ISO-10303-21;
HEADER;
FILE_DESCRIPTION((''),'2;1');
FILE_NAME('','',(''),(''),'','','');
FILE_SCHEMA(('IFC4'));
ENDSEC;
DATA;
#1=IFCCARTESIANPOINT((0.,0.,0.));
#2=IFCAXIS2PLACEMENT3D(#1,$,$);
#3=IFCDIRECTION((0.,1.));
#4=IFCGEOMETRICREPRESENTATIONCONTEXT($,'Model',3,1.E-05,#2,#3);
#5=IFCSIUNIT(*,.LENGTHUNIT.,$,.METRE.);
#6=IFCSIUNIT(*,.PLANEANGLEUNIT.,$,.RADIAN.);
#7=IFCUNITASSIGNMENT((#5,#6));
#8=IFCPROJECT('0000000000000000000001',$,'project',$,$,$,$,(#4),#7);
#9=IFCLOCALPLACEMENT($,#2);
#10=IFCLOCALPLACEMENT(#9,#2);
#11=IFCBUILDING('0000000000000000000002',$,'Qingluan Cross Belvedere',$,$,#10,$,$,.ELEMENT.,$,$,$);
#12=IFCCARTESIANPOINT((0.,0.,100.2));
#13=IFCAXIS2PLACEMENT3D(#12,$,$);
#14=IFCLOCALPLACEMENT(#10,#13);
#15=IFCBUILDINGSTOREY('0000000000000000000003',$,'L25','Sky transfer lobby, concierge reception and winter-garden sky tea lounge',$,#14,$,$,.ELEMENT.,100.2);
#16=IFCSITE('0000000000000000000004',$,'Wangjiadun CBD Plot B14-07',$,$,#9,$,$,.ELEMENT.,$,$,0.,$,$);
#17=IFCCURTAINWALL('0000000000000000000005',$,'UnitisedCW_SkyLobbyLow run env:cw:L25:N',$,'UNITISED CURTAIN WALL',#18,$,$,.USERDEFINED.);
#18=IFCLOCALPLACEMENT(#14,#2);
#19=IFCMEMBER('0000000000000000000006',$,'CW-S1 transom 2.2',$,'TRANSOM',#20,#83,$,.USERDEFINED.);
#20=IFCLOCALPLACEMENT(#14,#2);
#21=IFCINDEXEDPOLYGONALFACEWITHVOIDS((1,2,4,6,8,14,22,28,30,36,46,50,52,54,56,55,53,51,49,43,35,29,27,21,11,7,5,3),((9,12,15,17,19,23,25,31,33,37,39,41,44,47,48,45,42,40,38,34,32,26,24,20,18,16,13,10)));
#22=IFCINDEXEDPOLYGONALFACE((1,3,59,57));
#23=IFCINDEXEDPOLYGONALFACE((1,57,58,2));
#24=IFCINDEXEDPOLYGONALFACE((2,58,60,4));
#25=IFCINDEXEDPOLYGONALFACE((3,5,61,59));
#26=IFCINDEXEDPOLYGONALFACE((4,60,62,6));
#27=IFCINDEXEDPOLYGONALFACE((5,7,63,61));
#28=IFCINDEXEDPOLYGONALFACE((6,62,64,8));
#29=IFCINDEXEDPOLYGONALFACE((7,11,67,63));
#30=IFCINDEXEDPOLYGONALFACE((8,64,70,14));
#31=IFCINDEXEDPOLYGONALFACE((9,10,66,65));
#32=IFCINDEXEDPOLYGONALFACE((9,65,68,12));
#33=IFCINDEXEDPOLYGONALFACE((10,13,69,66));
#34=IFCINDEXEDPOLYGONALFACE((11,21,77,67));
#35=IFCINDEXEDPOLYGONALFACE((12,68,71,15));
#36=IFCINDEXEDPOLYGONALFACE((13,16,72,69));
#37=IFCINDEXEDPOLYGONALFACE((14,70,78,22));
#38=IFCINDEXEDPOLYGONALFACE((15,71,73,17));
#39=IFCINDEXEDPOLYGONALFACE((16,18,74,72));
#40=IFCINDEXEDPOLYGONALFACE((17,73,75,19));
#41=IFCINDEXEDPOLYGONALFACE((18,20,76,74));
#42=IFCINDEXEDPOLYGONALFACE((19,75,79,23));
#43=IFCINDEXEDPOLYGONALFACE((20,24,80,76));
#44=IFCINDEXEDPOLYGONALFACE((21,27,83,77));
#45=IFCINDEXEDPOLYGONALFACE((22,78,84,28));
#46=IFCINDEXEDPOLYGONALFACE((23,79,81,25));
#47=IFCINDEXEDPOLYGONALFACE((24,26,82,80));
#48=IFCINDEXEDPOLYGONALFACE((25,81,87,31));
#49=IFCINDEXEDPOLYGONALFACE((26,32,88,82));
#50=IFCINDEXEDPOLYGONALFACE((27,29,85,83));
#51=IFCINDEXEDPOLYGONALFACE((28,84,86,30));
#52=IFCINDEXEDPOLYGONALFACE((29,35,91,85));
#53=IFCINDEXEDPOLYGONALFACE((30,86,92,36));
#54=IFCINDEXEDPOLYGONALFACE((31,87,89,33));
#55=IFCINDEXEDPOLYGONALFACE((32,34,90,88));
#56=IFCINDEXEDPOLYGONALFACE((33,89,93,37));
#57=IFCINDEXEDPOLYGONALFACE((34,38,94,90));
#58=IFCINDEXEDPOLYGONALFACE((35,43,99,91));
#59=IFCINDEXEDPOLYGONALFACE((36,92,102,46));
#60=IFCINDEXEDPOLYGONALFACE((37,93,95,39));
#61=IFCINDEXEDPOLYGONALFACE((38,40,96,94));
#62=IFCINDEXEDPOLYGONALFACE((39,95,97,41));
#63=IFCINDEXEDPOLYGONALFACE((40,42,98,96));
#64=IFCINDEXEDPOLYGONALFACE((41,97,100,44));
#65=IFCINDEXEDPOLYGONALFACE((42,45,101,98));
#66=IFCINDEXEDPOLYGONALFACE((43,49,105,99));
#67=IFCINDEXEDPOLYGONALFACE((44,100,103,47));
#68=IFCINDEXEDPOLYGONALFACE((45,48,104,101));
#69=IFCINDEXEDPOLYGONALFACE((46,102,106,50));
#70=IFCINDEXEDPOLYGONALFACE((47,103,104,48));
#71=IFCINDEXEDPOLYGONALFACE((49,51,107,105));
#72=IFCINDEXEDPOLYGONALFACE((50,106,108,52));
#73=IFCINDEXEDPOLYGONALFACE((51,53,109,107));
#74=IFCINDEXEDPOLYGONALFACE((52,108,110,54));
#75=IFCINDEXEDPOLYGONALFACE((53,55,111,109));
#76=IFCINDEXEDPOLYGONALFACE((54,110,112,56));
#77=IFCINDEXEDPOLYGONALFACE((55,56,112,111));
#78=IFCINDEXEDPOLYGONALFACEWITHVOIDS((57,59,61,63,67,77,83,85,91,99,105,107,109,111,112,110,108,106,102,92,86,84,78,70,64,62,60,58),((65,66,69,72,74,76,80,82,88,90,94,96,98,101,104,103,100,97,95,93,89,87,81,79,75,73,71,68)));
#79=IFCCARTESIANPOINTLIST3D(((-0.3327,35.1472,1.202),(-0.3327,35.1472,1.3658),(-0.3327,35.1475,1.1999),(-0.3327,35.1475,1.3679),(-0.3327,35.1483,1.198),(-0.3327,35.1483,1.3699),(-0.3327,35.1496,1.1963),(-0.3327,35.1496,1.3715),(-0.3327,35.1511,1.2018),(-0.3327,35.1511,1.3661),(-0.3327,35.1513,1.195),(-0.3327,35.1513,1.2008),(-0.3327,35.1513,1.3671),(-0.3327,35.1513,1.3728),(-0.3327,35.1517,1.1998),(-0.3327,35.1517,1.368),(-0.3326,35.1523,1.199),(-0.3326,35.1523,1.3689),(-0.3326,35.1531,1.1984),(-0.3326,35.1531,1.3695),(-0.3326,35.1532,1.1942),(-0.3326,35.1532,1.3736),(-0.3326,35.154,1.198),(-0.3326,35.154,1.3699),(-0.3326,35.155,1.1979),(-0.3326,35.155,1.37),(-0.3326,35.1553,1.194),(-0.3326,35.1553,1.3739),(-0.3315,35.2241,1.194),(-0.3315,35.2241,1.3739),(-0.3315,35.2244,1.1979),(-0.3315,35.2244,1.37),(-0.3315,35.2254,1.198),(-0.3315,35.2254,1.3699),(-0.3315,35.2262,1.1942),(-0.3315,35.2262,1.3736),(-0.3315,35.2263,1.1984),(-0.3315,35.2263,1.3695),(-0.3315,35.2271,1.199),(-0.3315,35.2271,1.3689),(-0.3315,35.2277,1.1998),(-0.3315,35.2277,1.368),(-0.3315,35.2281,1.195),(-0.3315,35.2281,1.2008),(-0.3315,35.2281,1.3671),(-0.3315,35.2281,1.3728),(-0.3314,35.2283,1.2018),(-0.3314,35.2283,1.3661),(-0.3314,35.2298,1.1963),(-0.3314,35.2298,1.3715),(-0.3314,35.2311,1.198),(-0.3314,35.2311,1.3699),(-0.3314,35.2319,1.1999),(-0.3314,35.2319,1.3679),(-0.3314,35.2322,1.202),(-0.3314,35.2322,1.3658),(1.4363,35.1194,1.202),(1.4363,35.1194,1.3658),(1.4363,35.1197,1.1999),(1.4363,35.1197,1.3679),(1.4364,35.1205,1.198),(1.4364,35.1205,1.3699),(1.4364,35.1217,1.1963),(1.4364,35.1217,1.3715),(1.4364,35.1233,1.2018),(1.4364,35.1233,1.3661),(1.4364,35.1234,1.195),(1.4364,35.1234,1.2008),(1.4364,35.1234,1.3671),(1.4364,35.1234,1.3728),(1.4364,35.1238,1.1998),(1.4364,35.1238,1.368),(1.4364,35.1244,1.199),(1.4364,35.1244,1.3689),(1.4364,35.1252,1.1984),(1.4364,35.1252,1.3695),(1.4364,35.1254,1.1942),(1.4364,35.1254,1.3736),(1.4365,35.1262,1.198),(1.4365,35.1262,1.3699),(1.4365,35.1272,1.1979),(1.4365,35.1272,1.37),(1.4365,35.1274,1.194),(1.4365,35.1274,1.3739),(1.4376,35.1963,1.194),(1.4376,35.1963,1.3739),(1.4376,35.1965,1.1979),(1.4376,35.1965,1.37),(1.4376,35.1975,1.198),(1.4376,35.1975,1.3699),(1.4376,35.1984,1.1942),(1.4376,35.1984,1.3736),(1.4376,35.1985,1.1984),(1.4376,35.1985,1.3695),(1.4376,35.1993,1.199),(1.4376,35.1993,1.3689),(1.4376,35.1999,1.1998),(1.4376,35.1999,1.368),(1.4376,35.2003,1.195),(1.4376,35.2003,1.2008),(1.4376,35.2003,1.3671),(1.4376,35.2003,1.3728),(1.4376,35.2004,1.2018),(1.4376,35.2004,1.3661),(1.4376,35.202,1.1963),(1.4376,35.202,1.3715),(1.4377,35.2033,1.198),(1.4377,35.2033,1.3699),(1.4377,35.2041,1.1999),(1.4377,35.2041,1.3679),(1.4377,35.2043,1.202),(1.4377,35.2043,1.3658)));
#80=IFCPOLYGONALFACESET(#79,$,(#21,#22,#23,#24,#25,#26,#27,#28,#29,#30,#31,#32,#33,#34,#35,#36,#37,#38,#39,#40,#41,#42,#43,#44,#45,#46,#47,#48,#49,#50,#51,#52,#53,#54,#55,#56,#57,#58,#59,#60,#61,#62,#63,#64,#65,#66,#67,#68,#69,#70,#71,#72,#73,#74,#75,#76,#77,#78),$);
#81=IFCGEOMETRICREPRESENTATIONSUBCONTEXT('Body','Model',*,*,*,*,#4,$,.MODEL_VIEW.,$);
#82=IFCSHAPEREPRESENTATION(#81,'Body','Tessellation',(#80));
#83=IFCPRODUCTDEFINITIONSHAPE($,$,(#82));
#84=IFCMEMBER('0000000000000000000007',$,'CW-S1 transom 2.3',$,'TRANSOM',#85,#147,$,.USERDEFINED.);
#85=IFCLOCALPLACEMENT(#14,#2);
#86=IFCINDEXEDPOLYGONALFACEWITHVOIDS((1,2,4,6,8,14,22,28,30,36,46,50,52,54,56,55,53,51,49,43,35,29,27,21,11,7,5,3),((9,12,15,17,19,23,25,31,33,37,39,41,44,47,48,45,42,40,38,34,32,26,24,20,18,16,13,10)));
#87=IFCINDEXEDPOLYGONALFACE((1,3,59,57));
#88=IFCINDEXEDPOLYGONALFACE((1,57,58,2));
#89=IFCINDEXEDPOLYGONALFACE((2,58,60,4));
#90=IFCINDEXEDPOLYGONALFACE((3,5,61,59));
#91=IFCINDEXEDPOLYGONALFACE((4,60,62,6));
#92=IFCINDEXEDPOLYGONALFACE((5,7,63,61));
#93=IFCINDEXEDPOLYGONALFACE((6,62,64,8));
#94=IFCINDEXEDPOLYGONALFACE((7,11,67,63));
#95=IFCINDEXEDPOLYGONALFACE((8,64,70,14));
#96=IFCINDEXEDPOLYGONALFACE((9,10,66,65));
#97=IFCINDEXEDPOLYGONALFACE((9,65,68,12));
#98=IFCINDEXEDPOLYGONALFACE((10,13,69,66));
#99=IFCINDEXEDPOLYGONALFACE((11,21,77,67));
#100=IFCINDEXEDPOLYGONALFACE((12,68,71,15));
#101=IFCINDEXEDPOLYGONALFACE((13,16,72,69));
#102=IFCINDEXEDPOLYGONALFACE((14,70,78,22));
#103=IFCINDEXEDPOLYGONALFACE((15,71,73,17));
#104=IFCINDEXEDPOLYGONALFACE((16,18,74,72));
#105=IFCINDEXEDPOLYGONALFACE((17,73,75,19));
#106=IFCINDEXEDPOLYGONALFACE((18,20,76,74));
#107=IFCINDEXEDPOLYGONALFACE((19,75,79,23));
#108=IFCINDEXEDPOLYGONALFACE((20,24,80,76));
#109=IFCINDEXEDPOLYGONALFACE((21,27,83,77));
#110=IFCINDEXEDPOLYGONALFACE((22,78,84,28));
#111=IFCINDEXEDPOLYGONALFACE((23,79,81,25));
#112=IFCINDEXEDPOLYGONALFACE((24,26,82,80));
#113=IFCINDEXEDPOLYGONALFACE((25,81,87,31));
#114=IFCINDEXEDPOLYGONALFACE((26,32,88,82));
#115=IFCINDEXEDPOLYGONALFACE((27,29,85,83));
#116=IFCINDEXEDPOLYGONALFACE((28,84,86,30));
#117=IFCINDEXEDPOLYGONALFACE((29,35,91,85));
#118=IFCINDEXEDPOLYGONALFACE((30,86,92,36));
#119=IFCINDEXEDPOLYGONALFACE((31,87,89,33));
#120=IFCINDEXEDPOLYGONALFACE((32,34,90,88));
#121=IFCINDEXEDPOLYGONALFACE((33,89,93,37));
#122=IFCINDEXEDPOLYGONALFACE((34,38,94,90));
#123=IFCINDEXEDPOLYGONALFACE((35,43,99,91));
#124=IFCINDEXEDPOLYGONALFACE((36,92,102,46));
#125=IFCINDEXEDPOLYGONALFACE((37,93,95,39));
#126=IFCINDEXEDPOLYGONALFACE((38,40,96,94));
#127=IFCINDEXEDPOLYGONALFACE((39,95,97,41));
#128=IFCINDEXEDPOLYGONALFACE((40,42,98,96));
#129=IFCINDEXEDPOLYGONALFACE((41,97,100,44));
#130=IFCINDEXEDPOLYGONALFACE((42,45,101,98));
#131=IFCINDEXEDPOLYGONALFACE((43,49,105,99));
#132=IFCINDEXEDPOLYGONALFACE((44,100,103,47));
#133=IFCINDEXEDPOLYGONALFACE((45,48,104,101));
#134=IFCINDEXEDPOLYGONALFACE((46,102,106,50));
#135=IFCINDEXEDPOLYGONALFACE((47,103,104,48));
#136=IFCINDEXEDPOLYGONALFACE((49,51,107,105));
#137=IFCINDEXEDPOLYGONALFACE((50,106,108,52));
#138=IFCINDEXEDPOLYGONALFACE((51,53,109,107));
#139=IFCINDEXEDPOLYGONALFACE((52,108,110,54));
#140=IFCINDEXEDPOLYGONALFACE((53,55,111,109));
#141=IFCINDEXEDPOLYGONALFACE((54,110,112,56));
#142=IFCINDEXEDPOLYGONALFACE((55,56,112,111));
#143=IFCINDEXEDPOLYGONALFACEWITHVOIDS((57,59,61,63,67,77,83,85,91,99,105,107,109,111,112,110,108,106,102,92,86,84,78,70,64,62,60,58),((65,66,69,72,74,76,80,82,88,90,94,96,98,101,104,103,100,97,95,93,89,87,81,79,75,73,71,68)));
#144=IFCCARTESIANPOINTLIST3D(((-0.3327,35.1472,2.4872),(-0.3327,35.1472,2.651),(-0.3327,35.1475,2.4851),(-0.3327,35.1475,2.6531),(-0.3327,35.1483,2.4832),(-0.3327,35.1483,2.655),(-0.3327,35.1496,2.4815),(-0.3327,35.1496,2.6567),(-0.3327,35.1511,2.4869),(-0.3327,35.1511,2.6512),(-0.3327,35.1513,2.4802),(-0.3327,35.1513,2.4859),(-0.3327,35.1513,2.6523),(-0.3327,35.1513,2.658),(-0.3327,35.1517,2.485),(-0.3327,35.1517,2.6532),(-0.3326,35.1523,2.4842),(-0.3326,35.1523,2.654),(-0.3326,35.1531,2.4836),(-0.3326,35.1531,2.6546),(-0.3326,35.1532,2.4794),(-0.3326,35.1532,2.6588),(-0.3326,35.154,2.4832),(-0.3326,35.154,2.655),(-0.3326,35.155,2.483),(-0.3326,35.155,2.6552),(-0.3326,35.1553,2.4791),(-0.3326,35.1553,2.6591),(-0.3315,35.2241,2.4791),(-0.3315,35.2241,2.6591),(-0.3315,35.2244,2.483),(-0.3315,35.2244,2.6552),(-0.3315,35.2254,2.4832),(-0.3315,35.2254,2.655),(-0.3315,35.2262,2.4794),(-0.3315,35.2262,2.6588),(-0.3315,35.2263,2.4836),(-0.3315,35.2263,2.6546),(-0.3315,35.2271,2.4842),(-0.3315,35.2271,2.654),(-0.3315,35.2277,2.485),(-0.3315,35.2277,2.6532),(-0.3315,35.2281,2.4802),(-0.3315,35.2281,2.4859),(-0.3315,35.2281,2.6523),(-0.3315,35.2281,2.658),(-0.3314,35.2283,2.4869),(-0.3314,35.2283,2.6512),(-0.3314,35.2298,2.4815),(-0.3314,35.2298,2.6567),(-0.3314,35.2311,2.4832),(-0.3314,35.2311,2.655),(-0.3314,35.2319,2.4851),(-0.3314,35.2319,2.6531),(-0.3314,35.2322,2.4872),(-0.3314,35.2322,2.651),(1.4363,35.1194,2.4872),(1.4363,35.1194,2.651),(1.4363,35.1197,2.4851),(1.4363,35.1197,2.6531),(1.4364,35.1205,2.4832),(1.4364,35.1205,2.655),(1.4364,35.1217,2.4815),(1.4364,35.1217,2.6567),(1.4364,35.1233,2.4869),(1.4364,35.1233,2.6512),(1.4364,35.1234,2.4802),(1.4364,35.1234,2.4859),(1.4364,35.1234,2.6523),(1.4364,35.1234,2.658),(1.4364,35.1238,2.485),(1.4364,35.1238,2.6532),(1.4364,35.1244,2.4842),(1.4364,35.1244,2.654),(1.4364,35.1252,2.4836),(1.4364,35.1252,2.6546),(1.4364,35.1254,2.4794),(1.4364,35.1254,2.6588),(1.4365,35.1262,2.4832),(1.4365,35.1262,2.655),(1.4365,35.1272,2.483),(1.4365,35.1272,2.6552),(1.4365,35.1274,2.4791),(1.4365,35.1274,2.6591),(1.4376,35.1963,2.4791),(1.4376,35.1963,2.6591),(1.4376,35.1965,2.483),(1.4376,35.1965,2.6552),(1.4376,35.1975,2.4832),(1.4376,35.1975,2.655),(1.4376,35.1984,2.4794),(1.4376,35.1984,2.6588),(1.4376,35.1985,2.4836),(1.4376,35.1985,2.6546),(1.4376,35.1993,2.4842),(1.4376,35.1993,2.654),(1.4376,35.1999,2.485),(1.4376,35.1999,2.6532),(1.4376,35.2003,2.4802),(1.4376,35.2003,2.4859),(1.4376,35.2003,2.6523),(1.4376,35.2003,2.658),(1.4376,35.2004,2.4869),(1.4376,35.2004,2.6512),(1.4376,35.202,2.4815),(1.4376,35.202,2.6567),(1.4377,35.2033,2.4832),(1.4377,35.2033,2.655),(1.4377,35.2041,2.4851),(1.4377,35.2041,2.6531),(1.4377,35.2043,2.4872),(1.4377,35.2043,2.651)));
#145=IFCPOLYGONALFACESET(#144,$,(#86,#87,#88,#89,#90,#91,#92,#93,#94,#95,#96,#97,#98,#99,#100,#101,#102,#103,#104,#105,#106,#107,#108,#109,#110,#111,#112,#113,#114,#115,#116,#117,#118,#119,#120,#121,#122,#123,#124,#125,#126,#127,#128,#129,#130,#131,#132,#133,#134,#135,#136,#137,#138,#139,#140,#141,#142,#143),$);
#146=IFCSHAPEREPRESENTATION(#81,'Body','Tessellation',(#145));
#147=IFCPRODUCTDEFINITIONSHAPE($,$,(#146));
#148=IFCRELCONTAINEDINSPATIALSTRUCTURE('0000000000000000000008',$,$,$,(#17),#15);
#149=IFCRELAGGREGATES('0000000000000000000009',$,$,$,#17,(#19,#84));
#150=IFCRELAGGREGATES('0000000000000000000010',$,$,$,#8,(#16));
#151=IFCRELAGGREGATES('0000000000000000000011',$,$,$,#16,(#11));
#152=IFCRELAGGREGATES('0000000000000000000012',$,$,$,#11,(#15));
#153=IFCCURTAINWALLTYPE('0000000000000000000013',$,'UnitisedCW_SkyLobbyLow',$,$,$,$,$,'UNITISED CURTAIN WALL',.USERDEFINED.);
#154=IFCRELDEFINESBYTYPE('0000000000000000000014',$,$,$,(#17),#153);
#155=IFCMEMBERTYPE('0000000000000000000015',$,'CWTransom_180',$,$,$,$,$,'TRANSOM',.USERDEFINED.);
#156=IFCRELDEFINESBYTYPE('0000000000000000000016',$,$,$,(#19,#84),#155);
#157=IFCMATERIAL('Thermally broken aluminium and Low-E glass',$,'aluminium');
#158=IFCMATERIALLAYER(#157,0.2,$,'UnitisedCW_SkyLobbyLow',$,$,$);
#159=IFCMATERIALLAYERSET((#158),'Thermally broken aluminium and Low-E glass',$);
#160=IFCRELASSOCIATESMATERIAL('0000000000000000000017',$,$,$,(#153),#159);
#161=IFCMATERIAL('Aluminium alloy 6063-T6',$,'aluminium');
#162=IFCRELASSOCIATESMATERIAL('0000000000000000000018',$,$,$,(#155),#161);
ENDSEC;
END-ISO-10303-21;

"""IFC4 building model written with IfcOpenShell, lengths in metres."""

from ifc_helpers import new_model, si_unit, direction, frame, origin, origin_2d, place, context, subcontext, project, spatial, hollow_rectangle, extrude, material, layer, layer_set, material_profile, profile_set, type_object, element, aggregate, save


model = new_model("IFC4")

# Units and contexts
model_context = context("Model", 3, precision=1e-05, world=origin(), true_north=direction((0.0, 1.0)))
body_context = subcontext(model_context, "Body", "Model", "MODEL_VIEW")
ifc_project = project(units=[si_unit("LENGTHUNIT", "METRE"), si_unit("PLANEANGLEUNIT", "RADIAN")], contexts=[model_context])

# Site, building, storey
site_placement = place(None, origin())
site = spatial("IfcSite", under=ifc_project, at=site_placement, Name="Wangjiadun CBD Plot B14-07", CompositionType="ELEMENT", RefElevation=0.0)
building_placement = place(site_placement, origin())
building = spatial("IfcBuilding", under=site, at=building_placement, Name="Qingluan Cross Belvedere", CompositionType="ELEMENT")
storey_placement = place(building_placement, frame((0.0, 0.0, 100.2)))
storey = spatial("IfcBuildingStorey", under=building, at=storey_placement, Name="L25", Description="Sky transfer lobby, concierge reception and winter-garden sky tea lounge", CompositionType="ELEMENT", Elevation=100.2)

# Curtain wall, members
ifc_material_1 = material(Name="Thermally broken aluminium and Low-E glass", Category="aluminium")
ifc_layer_1 = layer(ifc_material_1, 0.2, Name="UnitisedCW_SkyLobbyLow")
ifc_layer_set_1 = layer_set([ifc_layer_1], Name="Thermally broken aluminium and Low-E glass")
curtain_wall_type = type_object("IfcCurtainWallType", Name="UnitisedCW_SkyLobbyLow", ElementType="UNITISED CURTAIN WALL", PredefinedType="USERDEFINED", material=ifc_layer_set_1)
curtain_wall_placement = place(storey_placement, origin())
curtain_wall = element("IfcCurtainWall", 1, at=curtain_wall_placement, inside=storey, type_object=curtain_wall_type, Name="UnitisedCW_SkyLobbyLow run env:cw:L25:N", ObjectType="UNITISED CURTAIN WALL", PredefinedType="USERDEFINED")
ifc_material_2 = material(Name="Aluminium alloy 6063-T6", Category="aluminium")
ifc_material_profile_1 = material_profile(ifc_material_2, hollow_rectangle(XDim=0.085, YDim=0.1799, WallThickness=0.0039, InnerFilletRadius=0.0039, OuterFilletRadius=0.0081, at=origin_2d()), Name="CWT180x85x4")
ifc_profile_set_1 = profile_set([ifc_material_profile_1], Name="Aluminium alloy 6063-T6")
member_type_1 = type_object("IfcMemberType", Name="CWTransom_180", ElementType="TRANSOM", PredefinedType="USERDEFINED", material=ifc_profile_set_1)
member_1_placement = place(storey_placement, frame((1.437, 35.1619, 1.2839), z_axis=(-0.999876, 0.015731, 0.0), x_axis=(-0.015731, -0.999876, 0.0)))
member_1 = element("IfcMember", 2, at=member_1_placement, type_object=member_type_1, Name="CW-S1 transom 2.2", ObjectType="TRANSOM", PredefinedType="USERDEFINED", context=body_context, shape_type="SweptSolid", body=[
    extrude(hollow_rectangle(XDim=0.085, YDim=0.1799, WallThickness=0.0039, InnerFilletRadius=0.0039, OuterFilletRadius=0.0081, at=origin_2d()), origin(), (0.0, 0.0, 1.0), 1.7693),
])
member_2_placement = place(storey_placement, frame((1.437, 35.1619, 2.5691), z_axis=(-0.999876, 0.015731, 0.0), x_axis=(-0.015731, -0.999876, 0.0)))
member_2 = element("IfcMember", 3, at=member_2_placement, type_object=member_type_1, Name="CW-S1 transom 2.3", ObjectType="TRANSOM", PredefinedType="USERDEFINED", context=body_context, shape_type="SweptSolid", body=[
    extrude(hollow_rectangle(XDim=0.085, YDim=0.1799, WallThickness=0.0039, InnerFilletRadius=0.0039, OuterFilletRadius=0.0081, at=origin_2d()), origin(), (0.0, 0.0, 1.0), 1.7693),
])
aggregate(curtain_wall, [member_1, member_2])

save(model, "model.ifc")
